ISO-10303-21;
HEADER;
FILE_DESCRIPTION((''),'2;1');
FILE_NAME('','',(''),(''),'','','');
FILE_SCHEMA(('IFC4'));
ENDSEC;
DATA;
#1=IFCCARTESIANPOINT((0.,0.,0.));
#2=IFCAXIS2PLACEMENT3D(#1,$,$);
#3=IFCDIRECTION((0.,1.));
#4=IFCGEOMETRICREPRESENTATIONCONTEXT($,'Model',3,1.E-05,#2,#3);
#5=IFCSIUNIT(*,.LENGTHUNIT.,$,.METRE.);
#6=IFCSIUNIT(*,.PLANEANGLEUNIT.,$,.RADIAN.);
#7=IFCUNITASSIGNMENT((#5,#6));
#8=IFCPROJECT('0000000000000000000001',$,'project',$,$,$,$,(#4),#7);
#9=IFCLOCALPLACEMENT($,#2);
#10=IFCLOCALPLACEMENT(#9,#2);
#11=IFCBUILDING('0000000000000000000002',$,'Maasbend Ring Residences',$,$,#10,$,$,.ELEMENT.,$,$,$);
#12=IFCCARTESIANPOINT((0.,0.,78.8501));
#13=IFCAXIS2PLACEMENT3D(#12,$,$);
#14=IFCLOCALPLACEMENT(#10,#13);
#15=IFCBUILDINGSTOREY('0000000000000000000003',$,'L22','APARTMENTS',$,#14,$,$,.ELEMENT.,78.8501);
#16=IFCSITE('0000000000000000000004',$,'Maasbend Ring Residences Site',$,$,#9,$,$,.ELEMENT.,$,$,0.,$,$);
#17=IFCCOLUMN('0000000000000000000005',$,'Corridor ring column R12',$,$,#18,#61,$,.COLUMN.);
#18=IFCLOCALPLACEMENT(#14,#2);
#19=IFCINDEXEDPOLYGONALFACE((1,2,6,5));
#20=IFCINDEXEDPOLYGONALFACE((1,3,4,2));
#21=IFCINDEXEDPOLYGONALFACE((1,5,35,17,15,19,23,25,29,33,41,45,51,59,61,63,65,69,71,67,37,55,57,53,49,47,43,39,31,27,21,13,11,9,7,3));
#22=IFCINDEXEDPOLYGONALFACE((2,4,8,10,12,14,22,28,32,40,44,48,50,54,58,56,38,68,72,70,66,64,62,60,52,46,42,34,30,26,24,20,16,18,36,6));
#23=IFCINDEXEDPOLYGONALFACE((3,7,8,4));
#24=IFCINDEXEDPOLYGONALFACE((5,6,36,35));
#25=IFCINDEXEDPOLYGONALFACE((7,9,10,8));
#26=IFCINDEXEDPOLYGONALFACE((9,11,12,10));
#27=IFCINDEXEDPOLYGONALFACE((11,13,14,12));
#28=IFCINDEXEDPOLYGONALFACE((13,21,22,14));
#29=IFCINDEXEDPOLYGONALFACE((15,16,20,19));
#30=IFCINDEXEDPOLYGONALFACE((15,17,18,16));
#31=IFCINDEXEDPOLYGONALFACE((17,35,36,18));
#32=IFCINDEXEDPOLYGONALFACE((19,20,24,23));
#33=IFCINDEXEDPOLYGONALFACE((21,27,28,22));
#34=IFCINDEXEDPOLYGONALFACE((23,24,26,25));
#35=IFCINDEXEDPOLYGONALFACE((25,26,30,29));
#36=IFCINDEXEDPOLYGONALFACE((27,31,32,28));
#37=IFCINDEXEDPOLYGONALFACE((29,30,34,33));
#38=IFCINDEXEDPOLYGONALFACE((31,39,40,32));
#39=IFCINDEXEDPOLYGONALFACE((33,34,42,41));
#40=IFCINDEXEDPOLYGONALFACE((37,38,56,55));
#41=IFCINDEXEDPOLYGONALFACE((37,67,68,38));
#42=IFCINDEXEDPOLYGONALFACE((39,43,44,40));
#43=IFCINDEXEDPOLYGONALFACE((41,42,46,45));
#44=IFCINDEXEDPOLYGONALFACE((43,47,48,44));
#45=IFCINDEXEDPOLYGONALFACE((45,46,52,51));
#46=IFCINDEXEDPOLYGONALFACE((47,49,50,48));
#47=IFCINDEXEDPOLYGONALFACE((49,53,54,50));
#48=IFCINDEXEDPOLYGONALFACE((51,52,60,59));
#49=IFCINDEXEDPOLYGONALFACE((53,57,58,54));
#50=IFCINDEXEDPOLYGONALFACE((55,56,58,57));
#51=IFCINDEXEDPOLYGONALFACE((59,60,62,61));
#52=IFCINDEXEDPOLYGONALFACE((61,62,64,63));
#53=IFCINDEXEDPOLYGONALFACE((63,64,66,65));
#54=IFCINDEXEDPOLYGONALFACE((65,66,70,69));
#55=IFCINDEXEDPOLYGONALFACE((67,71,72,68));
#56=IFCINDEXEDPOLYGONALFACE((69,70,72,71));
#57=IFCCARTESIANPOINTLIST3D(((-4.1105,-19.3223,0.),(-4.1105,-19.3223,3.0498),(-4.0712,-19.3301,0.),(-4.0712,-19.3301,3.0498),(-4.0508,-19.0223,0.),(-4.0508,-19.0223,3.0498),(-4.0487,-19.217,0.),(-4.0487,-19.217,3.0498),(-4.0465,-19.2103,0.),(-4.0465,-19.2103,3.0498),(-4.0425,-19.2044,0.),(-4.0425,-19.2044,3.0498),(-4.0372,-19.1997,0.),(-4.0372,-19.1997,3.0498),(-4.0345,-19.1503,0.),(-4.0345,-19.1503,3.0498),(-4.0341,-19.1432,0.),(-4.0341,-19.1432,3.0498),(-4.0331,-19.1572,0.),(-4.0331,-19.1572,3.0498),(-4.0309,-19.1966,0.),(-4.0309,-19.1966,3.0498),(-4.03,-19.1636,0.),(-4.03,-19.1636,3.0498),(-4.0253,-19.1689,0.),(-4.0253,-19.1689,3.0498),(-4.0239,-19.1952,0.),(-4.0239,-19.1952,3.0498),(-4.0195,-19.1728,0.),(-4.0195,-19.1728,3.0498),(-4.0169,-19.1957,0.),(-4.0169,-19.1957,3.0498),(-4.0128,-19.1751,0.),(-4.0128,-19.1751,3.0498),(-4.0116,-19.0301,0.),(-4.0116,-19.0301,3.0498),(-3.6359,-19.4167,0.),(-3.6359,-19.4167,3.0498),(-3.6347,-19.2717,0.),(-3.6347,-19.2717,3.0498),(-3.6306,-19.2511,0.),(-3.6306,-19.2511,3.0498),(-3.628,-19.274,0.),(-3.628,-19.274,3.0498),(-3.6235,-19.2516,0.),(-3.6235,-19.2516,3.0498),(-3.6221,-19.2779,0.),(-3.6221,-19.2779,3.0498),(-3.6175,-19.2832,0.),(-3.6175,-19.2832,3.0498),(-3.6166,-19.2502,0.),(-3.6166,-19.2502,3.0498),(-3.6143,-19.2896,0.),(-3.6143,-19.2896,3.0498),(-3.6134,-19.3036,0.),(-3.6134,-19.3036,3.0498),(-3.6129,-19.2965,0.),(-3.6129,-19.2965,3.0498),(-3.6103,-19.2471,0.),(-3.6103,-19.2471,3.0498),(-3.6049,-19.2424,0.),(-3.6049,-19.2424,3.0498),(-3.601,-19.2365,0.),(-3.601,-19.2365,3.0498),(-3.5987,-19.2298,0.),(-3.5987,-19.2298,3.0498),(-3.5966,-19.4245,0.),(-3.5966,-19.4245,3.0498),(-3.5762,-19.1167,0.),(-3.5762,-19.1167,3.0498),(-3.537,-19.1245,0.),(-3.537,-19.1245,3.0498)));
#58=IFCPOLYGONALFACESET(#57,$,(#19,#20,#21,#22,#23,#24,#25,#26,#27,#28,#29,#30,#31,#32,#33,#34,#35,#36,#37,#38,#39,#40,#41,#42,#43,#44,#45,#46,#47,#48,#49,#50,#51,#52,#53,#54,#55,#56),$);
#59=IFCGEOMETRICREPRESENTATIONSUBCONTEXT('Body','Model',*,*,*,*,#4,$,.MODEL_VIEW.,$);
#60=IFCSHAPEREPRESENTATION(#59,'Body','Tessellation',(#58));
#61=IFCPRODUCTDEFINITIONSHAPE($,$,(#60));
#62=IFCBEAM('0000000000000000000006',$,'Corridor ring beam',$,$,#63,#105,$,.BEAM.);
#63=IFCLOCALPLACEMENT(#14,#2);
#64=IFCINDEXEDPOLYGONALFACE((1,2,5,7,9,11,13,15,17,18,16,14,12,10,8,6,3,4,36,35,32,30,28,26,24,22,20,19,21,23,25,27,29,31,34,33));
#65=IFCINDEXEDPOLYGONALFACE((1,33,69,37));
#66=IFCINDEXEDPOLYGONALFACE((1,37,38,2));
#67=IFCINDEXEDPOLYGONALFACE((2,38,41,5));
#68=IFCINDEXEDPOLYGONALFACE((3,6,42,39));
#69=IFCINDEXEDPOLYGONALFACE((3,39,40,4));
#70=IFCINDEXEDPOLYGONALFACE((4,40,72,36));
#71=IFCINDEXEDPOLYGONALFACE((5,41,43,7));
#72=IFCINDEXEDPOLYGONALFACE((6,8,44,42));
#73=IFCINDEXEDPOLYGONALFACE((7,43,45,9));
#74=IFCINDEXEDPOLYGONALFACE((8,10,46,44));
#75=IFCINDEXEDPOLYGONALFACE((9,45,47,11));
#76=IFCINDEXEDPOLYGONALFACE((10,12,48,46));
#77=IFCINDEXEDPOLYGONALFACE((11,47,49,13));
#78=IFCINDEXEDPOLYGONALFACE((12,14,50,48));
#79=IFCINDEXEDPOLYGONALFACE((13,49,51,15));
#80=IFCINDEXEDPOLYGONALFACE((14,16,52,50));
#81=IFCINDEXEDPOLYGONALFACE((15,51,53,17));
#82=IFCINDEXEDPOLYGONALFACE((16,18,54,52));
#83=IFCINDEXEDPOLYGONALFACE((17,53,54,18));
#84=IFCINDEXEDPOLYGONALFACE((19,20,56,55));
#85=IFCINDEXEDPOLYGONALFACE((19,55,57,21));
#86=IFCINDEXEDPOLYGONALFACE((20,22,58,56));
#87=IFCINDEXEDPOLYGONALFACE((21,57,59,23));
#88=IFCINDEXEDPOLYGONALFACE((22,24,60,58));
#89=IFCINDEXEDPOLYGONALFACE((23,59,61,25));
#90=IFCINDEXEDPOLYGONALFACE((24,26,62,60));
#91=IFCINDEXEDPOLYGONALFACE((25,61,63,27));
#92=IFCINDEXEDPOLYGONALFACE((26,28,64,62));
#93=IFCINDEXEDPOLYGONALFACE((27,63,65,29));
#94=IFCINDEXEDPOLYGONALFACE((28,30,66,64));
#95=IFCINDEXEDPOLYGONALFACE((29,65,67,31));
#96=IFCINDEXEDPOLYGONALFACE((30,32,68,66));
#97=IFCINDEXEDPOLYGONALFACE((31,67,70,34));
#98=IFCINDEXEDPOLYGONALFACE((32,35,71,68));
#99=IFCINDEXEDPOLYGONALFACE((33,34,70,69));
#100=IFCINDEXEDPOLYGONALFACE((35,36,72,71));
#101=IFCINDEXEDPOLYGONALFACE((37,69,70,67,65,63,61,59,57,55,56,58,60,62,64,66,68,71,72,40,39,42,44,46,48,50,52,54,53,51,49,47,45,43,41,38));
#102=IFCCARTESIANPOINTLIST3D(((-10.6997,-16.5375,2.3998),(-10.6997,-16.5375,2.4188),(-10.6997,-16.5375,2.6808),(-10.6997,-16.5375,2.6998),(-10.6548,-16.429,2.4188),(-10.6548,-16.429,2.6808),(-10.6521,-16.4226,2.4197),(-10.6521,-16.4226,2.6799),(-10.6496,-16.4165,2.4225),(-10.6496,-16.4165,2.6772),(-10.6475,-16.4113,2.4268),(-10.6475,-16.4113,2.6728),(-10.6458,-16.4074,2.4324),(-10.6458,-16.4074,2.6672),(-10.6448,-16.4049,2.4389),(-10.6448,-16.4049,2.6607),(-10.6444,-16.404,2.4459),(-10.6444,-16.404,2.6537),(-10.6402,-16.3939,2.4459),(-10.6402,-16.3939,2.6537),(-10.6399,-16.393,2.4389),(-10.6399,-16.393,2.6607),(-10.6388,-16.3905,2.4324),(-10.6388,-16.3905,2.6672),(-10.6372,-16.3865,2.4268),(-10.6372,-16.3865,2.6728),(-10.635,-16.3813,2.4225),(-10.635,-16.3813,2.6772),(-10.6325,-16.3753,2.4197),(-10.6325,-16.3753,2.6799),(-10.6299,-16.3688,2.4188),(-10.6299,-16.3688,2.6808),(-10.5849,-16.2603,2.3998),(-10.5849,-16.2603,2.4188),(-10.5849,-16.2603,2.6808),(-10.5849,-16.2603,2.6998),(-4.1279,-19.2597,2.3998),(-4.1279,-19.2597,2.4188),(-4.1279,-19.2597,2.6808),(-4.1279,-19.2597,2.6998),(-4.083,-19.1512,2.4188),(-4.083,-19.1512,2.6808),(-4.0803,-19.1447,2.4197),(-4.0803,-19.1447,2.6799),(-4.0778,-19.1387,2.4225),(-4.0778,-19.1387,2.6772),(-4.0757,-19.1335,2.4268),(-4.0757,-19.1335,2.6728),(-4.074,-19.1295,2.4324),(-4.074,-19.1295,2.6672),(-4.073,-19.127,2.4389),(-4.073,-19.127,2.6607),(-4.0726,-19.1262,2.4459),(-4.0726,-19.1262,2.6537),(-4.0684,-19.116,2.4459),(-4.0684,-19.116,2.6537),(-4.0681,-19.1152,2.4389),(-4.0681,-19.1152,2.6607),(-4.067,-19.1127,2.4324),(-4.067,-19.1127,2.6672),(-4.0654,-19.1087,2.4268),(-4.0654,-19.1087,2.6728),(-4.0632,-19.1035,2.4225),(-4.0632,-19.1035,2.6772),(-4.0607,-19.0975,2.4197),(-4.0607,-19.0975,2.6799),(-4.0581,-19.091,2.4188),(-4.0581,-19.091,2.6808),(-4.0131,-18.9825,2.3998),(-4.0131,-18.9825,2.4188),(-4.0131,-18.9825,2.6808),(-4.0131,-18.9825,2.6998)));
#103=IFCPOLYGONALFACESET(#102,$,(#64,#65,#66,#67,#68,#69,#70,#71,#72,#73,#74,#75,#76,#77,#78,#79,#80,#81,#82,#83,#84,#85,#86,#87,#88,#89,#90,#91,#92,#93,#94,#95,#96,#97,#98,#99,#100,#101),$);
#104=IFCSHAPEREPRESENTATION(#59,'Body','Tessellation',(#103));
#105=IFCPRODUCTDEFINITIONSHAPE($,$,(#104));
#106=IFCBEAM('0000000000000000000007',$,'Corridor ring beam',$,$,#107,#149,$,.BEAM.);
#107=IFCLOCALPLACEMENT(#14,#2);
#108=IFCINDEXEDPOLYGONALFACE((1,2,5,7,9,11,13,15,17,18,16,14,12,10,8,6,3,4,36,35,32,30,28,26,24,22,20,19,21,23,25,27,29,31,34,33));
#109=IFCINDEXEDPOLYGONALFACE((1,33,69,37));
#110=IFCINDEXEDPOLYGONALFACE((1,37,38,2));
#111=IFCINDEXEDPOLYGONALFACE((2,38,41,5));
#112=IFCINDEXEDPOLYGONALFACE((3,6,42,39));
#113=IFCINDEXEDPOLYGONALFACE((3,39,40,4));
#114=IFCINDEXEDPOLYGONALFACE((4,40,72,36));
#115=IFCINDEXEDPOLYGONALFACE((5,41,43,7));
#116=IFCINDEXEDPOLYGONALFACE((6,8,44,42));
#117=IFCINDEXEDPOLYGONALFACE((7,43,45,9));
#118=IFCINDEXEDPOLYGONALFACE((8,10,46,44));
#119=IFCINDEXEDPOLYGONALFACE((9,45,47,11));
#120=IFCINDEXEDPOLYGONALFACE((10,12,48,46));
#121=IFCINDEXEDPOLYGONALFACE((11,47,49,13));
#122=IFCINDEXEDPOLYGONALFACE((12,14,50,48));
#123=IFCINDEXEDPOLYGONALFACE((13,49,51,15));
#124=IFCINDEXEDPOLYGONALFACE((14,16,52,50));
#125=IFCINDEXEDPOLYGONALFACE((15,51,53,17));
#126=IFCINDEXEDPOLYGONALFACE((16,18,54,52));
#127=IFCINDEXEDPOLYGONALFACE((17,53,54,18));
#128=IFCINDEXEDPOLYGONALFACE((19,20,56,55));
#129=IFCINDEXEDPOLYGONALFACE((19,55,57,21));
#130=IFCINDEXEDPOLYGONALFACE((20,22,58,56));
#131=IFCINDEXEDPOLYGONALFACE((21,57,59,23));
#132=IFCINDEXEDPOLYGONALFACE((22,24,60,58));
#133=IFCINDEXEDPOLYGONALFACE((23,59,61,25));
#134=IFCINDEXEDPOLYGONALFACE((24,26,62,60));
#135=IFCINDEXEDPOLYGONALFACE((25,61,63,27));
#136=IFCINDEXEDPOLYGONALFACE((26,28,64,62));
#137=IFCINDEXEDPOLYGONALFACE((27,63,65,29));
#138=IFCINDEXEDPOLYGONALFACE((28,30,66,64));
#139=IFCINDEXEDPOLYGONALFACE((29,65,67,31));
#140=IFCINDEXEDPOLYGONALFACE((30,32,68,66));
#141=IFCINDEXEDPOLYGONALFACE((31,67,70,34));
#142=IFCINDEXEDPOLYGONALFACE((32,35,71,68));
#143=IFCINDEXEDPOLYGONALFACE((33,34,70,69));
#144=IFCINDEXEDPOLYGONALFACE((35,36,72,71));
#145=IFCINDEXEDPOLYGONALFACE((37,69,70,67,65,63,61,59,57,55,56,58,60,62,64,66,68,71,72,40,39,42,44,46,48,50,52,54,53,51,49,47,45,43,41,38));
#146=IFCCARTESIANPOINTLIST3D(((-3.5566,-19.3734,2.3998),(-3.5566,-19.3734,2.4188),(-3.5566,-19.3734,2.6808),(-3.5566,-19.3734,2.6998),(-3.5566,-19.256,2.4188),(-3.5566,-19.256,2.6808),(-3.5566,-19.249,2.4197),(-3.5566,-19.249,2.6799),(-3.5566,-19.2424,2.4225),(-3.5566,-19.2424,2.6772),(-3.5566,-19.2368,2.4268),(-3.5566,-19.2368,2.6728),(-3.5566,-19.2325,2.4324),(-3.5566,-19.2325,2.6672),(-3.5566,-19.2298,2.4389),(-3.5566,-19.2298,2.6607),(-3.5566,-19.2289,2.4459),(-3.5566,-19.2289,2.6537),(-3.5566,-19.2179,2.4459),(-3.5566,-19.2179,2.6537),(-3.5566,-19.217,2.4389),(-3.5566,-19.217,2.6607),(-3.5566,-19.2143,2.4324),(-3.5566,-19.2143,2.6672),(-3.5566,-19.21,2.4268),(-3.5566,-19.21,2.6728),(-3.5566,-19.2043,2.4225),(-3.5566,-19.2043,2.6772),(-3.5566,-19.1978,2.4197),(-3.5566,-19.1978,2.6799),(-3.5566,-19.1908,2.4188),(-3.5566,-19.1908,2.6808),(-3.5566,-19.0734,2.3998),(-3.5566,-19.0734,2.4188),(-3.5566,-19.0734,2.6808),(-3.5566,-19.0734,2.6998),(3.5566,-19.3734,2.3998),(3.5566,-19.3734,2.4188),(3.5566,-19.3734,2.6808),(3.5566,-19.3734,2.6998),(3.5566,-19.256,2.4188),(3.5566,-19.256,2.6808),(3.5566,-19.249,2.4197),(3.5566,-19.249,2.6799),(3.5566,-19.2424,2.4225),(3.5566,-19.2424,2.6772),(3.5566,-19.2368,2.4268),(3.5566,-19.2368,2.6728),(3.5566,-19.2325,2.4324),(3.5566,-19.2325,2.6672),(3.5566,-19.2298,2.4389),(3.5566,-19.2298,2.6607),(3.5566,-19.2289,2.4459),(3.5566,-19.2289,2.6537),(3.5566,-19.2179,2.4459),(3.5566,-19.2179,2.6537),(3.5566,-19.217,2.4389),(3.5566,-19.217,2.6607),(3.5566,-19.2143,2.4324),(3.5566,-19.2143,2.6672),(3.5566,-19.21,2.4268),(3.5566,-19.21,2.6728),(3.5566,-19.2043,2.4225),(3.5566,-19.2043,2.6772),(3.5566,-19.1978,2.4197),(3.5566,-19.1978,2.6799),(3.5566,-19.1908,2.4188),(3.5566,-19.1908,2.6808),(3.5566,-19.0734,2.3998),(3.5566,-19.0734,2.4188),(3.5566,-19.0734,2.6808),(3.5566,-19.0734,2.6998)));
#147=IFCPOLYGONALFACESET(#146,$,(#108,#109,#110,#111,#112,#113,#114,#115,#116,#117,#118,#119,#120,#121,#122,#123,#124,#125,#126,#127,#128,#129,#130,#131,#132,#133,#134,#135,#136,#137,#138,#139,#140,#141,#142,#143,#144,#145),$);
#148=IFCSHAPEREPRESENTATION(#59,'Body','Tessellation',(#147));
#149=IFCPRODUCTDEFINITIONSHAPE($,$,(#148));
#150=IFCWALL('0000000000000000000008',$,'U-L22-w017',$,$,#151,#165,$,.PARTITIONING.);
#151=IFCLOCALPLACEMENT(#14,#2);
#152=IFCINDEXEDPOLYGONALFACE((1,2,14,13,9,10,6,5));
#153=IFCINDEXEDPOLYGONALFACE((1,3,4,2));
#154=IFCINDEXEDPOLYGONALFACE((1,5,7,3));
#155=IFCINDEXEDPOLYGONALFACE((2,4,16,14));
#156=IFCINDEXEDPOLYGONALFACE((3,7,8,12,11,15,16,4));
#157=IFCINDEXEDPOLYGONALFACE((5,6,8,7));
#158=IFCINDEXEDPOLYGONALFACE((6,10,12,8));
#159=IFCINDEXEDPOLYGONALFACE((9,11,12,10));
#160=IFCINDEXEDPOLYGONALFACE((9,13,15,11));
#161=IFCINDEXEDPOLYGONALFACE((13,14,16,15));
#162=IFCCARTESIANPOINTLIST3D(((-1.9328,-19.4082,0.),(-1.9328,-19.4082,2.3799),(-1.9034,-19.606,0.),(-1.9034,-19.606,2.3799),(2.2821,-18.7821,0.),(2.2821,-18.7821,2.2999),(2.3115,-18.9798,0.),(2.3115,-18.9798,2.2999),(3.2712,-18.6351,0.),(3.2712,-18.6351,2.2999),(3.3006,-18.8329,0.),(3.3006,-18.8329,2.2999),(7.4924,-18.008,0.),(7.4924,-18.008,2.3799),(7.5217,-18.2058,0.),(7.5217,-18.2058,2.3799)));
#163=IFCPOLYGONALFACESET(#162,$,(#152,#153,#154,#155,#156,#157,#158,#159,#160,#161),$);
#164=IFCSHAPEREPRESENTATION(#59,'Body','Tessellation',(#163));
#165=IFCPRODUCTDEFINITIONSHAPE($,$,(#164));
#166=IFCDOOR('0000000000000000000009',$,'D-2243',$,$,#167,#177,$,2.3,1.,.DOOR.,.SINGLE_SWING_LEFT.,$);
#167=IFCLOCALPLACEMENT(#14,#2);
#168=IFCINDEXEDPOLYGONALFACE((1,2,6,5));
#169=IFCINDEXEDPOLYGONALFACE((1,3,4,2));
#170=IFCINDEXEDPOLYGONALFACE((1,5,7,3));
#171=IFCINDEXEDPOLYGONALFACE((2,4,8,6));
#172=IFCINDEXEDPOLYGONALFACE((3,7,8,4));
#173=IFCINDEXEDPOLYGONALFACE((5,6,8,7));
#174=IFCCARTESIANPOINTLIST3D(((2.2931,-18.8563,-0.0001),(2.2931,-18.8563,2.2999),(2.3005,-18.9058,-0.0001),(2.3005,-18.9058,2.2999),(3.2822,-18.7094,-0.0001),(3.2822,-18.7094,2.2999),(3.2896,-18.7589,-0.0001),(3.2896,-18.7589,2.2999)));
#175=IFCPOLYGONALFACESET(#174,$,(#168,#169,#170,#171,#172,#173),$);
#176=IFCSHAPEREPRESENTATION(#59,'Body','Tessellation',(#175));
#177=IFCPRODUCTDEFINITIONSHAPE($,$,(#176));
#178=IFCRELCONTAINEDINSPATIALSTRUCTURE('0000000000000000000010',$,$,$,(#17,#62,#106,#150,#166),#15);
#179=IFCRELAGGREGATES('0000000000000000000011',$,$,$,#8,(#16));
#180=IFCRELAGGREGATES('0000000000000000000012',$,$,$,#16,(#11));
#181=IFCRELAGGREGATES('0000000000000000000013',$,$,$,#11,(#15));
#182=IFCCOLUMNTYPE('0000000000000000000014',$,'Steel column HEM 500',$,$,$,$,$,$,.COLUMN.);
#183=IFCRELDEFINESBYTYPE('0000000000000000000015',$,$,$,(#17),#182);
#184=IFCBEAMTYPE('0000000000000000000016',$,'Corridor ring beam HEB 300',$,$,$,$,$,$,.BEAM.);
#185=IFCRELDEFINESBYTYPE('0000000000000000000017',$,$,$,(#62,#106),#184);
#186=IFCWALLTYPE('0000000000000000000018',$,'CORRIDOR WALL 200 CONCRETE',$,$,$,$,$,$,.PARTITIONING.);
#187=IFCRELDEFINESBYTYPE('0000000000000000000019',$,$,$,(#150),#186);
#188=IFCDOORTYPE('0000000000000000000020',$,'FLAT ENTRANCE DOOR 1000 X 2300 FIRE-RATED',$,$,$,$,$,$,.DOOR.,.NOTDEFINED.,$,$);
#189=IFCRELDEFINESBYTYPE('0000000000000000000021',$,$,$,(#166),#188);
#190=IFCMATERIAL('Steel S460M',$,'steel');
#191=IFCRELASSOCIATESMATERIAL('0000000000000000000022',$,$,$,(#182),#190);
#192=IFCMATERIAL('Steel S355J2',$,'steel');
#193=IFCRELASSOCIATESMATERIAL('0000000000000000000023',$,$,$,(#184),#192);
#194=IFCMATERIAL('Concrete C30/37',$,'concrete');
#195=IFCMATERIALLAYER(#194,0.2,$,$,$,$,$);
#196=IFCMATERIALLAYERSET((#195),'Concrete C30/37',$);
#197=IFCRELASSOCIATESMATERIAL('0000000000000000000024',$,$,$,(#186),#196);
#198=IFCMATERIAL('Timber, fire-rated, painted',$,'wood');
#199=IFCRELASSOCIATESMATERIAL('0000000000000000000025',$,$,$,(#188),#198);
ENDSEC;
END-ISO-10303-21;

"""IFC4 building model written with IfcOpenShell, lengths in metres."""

from ifc_helpers import new_model, si_unit, direction, frame, frame_2d, origin, origin_2d, place, context, subcontext, project, spatial, rectangle, i_section, extrude, material, layer, layer_set, material_profile, profile_set, type_object, element, fill, save


model = new_model("IFC4")

# Units and contexts
model_context = context("Model", 3, precision=1e-05, world=origin(), true_north=direction((0.0, 1.0)))
body_context = subcontext(model_context, "Body", "Model", "MODEL_VIEW")
ifc_project = project(units=[si_unit("LENGTHUNIT", "METRE"), si_unit("PLANEANGLEUNIT", "RADIAN")], contexts=[model_context])

# Site, building, storey
site_placement = place(None, origin())
site = spatial("IfcSite", under=ifc_project, at=site_placement, Name="Maasbend Ring Residences Site", CompositionType="ELEMENT", RefElevation=0.0)
building_placement = place(site_placement, origin())
building = spatial("IfcBuilding", under=site, at=building_placement, Name="Maasbend Ring Residences", CompositionType="ELEMENT")
storey_placement = place(building_placement, frame((0.0, 0.0, 78.8501)))
storey = spatial("IfcBuildingStorey", under=building, at=storey_placement, Name="L22", Description="APARTMENTS", CompositionType="ELEMENT", Elevation=78.8501)

# Column
ifc_material_1 = material(Name="Steel S460M", Category="steel")
ifc_material_profile_1 = material_profile(ifc_material_1, i_section(OverallWidth=0.3059, OverallDepth=0.5239, WebThickness=0.021, FlangeThickness=0.04, FilletRadius=0.0271, at=origin_2d()), Name="HEM 500")
ifc_profile_set_1 = profile_set([ifc_material_profile_1], Name="Steel S460M")
column_type = type_object("IfcColumnType", Name="Steel column HEM 500", PredefinedType="COLUMN", material=ifc_profile_set_1)
column_placement = place(storey_placement, frame((-3.8237, -19.2234, 0.0), z_axis=(0.0, 0.0, 1.0), x_axis=(-0.19509, -0.980785, 0.0)))
element("IfcColumn", 1, at=column_placement, inside=storey, type_object=column_type, Name="Corridor ring column R12", PredefinedType="COLUMN", context=body_context, shape_type="SweptSolid", body=[
    extrude(i_section(OverallWidth=0.3059, OverallDepth=0.5239, WebThickness=0.021, FlangeThickness=0.04, FilletRadius=0.0271, at=origin_2d()), origin(), (0.0, 0.0, 1.0), 3.0498),
])

# Beams
ifc_material_2 = material(Name="Steel S355J2", Category="steel")
ifc_material_profile_2 = material_profile(ifc_material_2, i_section(OverallWidth=0.3, OverallDepth=0.3, WebThickness=0.011, FlangeThickness=0.019, FilletRadius=0.0271, at=origin_2d()), Name="HEB 300")
ifc_profile_set_2 = profile_set([ifc_material_profile_2], Name="Steel S355J2")
beam_type = type_object("IfcBeamType", Name="Corridor ring beam HEB 300", PredefinedType="BEAM", material=ifc_profile_set_2)
for number, where, z_axis, x_axis, name in (
    (2, (-10.6423, -16.3989, 2.5498), (0.923877, -0.382689, 0.0), (0.382689, 0.923877, 0.0), "Corridor ring beam"),
    (3, (-3.5566, -19.2234, 2.5498), (1.0, 0.0, 0.0), (0.0, 1.0, 0.0), "Corridor ring beam"),
):
    element("IfcBeam", number, at=place(storey_placement, frame(where, z_axis=z_axis, x_axis=x_axis)), inside=storey, type_object=beam_type, Name=name, PredefinedType="BEAM", context=body_context, shape_type="SweptSolid", body=[
        extrude(i_section(OverallWidth=0.3, OverallDepth=0.3, WebThickness=0.011, FlangeThickness=0.019, FilletRadius=0.0271, at=origin_2d()), origin(), (0.0, 0.0, 1.0), 7.1133),
    ])

# Wall, opening, door
ifc_material_3 = material(Name="Concrete C30/37", Category="concrete")
ifc_layer_1 = layer(ifc_material_3, 0.2)
ifc_layer_set_1 = layer_set([ifc_layer_1], Name="Concrete C30/37")
wall_type_1 = type_object("IfcWallType", Name="CORRIDOR WALL 200 CONCRETE", PredefinedType="PARTITIONING", material=ifc_layer_set_1)
wall_1_placement = place(storey_placement, frame((-1.918, -19.5071, 0.0), z_axis=(0.0, 0.0, 1.0), x_axis=(0.989145, 0.146943, 0.0)))
wall_1 = element("IfcWall", 4, at=wall_1_placement, inside=storey, type_object=wall_type_1, Name="U-L22-w017", PredefinedType="PARTITIONING", context=body_context, shape_type="SweptSolid", body=[
    extrude(rectangle(XDim=9.5286, YDim=0.2, at=frame_2d((4.7642, 0.0))), origin(), (0.0, 0.0, 1.0), 2.3799),
])
opening_1_placement = place(wall_1_placement, frame((4.261, 0.0, 0.0)))
opening_1 = element("IfcOpeningElement", 5, at=opening_1_placement, cuts=wall_1, PredefinedType="OPENING", context=body_context, shape_type="SweptSolid", body=[
    extrude(rectangle(XDim=1.0, YDim=2.3, at=frame_2d((0.5, 1.1499))), frame((0.0, 0.1099, 0.0), z_axis=(0.0, -1.0, 0.0), x_axis=(1.0, 0.0, 0.0)), (0.0, 0.0, 1.0), 0.22),
])
ifc_material_4 = material(Name="Timber, fire-rated, painted", Category="wood")
door_type_1 = type_object("IfcDoorType", Name="FLAT ENTRANCE DOOR 1000 X 2300 FIRE-RATED", OperationType="NOTDEFINED", PredefinedType="DOOR", material=ifc_material_4)
door_1_placement = place(opening_1_placement, origin())
door_1 = element("IfcDoor", 6, at=door_1_placement, inside=storey, type_object=door_type_1, Name="D-2243", OperationType="SINGLE_SWING_LEFT", OverallHeight=2.3, OverallWidth=1.0, PredefinedType="DOOR", context=body_context, shape_type="SweptSolid", body=[
    extrude(rectangle(XDim=1.0, YDim=2.3, at=frame_2d((0.5, 1.1499))), frame((0.0, 0.0249, 0.0), z_axis=(0.0, -1.0, 0.0), x_axis=(1.0, 0.0, 0.0)), (0.0, 0.0, 1.0), 0.05),
])
fill(opening_1, door_1)

save(model, "model.ifc")
